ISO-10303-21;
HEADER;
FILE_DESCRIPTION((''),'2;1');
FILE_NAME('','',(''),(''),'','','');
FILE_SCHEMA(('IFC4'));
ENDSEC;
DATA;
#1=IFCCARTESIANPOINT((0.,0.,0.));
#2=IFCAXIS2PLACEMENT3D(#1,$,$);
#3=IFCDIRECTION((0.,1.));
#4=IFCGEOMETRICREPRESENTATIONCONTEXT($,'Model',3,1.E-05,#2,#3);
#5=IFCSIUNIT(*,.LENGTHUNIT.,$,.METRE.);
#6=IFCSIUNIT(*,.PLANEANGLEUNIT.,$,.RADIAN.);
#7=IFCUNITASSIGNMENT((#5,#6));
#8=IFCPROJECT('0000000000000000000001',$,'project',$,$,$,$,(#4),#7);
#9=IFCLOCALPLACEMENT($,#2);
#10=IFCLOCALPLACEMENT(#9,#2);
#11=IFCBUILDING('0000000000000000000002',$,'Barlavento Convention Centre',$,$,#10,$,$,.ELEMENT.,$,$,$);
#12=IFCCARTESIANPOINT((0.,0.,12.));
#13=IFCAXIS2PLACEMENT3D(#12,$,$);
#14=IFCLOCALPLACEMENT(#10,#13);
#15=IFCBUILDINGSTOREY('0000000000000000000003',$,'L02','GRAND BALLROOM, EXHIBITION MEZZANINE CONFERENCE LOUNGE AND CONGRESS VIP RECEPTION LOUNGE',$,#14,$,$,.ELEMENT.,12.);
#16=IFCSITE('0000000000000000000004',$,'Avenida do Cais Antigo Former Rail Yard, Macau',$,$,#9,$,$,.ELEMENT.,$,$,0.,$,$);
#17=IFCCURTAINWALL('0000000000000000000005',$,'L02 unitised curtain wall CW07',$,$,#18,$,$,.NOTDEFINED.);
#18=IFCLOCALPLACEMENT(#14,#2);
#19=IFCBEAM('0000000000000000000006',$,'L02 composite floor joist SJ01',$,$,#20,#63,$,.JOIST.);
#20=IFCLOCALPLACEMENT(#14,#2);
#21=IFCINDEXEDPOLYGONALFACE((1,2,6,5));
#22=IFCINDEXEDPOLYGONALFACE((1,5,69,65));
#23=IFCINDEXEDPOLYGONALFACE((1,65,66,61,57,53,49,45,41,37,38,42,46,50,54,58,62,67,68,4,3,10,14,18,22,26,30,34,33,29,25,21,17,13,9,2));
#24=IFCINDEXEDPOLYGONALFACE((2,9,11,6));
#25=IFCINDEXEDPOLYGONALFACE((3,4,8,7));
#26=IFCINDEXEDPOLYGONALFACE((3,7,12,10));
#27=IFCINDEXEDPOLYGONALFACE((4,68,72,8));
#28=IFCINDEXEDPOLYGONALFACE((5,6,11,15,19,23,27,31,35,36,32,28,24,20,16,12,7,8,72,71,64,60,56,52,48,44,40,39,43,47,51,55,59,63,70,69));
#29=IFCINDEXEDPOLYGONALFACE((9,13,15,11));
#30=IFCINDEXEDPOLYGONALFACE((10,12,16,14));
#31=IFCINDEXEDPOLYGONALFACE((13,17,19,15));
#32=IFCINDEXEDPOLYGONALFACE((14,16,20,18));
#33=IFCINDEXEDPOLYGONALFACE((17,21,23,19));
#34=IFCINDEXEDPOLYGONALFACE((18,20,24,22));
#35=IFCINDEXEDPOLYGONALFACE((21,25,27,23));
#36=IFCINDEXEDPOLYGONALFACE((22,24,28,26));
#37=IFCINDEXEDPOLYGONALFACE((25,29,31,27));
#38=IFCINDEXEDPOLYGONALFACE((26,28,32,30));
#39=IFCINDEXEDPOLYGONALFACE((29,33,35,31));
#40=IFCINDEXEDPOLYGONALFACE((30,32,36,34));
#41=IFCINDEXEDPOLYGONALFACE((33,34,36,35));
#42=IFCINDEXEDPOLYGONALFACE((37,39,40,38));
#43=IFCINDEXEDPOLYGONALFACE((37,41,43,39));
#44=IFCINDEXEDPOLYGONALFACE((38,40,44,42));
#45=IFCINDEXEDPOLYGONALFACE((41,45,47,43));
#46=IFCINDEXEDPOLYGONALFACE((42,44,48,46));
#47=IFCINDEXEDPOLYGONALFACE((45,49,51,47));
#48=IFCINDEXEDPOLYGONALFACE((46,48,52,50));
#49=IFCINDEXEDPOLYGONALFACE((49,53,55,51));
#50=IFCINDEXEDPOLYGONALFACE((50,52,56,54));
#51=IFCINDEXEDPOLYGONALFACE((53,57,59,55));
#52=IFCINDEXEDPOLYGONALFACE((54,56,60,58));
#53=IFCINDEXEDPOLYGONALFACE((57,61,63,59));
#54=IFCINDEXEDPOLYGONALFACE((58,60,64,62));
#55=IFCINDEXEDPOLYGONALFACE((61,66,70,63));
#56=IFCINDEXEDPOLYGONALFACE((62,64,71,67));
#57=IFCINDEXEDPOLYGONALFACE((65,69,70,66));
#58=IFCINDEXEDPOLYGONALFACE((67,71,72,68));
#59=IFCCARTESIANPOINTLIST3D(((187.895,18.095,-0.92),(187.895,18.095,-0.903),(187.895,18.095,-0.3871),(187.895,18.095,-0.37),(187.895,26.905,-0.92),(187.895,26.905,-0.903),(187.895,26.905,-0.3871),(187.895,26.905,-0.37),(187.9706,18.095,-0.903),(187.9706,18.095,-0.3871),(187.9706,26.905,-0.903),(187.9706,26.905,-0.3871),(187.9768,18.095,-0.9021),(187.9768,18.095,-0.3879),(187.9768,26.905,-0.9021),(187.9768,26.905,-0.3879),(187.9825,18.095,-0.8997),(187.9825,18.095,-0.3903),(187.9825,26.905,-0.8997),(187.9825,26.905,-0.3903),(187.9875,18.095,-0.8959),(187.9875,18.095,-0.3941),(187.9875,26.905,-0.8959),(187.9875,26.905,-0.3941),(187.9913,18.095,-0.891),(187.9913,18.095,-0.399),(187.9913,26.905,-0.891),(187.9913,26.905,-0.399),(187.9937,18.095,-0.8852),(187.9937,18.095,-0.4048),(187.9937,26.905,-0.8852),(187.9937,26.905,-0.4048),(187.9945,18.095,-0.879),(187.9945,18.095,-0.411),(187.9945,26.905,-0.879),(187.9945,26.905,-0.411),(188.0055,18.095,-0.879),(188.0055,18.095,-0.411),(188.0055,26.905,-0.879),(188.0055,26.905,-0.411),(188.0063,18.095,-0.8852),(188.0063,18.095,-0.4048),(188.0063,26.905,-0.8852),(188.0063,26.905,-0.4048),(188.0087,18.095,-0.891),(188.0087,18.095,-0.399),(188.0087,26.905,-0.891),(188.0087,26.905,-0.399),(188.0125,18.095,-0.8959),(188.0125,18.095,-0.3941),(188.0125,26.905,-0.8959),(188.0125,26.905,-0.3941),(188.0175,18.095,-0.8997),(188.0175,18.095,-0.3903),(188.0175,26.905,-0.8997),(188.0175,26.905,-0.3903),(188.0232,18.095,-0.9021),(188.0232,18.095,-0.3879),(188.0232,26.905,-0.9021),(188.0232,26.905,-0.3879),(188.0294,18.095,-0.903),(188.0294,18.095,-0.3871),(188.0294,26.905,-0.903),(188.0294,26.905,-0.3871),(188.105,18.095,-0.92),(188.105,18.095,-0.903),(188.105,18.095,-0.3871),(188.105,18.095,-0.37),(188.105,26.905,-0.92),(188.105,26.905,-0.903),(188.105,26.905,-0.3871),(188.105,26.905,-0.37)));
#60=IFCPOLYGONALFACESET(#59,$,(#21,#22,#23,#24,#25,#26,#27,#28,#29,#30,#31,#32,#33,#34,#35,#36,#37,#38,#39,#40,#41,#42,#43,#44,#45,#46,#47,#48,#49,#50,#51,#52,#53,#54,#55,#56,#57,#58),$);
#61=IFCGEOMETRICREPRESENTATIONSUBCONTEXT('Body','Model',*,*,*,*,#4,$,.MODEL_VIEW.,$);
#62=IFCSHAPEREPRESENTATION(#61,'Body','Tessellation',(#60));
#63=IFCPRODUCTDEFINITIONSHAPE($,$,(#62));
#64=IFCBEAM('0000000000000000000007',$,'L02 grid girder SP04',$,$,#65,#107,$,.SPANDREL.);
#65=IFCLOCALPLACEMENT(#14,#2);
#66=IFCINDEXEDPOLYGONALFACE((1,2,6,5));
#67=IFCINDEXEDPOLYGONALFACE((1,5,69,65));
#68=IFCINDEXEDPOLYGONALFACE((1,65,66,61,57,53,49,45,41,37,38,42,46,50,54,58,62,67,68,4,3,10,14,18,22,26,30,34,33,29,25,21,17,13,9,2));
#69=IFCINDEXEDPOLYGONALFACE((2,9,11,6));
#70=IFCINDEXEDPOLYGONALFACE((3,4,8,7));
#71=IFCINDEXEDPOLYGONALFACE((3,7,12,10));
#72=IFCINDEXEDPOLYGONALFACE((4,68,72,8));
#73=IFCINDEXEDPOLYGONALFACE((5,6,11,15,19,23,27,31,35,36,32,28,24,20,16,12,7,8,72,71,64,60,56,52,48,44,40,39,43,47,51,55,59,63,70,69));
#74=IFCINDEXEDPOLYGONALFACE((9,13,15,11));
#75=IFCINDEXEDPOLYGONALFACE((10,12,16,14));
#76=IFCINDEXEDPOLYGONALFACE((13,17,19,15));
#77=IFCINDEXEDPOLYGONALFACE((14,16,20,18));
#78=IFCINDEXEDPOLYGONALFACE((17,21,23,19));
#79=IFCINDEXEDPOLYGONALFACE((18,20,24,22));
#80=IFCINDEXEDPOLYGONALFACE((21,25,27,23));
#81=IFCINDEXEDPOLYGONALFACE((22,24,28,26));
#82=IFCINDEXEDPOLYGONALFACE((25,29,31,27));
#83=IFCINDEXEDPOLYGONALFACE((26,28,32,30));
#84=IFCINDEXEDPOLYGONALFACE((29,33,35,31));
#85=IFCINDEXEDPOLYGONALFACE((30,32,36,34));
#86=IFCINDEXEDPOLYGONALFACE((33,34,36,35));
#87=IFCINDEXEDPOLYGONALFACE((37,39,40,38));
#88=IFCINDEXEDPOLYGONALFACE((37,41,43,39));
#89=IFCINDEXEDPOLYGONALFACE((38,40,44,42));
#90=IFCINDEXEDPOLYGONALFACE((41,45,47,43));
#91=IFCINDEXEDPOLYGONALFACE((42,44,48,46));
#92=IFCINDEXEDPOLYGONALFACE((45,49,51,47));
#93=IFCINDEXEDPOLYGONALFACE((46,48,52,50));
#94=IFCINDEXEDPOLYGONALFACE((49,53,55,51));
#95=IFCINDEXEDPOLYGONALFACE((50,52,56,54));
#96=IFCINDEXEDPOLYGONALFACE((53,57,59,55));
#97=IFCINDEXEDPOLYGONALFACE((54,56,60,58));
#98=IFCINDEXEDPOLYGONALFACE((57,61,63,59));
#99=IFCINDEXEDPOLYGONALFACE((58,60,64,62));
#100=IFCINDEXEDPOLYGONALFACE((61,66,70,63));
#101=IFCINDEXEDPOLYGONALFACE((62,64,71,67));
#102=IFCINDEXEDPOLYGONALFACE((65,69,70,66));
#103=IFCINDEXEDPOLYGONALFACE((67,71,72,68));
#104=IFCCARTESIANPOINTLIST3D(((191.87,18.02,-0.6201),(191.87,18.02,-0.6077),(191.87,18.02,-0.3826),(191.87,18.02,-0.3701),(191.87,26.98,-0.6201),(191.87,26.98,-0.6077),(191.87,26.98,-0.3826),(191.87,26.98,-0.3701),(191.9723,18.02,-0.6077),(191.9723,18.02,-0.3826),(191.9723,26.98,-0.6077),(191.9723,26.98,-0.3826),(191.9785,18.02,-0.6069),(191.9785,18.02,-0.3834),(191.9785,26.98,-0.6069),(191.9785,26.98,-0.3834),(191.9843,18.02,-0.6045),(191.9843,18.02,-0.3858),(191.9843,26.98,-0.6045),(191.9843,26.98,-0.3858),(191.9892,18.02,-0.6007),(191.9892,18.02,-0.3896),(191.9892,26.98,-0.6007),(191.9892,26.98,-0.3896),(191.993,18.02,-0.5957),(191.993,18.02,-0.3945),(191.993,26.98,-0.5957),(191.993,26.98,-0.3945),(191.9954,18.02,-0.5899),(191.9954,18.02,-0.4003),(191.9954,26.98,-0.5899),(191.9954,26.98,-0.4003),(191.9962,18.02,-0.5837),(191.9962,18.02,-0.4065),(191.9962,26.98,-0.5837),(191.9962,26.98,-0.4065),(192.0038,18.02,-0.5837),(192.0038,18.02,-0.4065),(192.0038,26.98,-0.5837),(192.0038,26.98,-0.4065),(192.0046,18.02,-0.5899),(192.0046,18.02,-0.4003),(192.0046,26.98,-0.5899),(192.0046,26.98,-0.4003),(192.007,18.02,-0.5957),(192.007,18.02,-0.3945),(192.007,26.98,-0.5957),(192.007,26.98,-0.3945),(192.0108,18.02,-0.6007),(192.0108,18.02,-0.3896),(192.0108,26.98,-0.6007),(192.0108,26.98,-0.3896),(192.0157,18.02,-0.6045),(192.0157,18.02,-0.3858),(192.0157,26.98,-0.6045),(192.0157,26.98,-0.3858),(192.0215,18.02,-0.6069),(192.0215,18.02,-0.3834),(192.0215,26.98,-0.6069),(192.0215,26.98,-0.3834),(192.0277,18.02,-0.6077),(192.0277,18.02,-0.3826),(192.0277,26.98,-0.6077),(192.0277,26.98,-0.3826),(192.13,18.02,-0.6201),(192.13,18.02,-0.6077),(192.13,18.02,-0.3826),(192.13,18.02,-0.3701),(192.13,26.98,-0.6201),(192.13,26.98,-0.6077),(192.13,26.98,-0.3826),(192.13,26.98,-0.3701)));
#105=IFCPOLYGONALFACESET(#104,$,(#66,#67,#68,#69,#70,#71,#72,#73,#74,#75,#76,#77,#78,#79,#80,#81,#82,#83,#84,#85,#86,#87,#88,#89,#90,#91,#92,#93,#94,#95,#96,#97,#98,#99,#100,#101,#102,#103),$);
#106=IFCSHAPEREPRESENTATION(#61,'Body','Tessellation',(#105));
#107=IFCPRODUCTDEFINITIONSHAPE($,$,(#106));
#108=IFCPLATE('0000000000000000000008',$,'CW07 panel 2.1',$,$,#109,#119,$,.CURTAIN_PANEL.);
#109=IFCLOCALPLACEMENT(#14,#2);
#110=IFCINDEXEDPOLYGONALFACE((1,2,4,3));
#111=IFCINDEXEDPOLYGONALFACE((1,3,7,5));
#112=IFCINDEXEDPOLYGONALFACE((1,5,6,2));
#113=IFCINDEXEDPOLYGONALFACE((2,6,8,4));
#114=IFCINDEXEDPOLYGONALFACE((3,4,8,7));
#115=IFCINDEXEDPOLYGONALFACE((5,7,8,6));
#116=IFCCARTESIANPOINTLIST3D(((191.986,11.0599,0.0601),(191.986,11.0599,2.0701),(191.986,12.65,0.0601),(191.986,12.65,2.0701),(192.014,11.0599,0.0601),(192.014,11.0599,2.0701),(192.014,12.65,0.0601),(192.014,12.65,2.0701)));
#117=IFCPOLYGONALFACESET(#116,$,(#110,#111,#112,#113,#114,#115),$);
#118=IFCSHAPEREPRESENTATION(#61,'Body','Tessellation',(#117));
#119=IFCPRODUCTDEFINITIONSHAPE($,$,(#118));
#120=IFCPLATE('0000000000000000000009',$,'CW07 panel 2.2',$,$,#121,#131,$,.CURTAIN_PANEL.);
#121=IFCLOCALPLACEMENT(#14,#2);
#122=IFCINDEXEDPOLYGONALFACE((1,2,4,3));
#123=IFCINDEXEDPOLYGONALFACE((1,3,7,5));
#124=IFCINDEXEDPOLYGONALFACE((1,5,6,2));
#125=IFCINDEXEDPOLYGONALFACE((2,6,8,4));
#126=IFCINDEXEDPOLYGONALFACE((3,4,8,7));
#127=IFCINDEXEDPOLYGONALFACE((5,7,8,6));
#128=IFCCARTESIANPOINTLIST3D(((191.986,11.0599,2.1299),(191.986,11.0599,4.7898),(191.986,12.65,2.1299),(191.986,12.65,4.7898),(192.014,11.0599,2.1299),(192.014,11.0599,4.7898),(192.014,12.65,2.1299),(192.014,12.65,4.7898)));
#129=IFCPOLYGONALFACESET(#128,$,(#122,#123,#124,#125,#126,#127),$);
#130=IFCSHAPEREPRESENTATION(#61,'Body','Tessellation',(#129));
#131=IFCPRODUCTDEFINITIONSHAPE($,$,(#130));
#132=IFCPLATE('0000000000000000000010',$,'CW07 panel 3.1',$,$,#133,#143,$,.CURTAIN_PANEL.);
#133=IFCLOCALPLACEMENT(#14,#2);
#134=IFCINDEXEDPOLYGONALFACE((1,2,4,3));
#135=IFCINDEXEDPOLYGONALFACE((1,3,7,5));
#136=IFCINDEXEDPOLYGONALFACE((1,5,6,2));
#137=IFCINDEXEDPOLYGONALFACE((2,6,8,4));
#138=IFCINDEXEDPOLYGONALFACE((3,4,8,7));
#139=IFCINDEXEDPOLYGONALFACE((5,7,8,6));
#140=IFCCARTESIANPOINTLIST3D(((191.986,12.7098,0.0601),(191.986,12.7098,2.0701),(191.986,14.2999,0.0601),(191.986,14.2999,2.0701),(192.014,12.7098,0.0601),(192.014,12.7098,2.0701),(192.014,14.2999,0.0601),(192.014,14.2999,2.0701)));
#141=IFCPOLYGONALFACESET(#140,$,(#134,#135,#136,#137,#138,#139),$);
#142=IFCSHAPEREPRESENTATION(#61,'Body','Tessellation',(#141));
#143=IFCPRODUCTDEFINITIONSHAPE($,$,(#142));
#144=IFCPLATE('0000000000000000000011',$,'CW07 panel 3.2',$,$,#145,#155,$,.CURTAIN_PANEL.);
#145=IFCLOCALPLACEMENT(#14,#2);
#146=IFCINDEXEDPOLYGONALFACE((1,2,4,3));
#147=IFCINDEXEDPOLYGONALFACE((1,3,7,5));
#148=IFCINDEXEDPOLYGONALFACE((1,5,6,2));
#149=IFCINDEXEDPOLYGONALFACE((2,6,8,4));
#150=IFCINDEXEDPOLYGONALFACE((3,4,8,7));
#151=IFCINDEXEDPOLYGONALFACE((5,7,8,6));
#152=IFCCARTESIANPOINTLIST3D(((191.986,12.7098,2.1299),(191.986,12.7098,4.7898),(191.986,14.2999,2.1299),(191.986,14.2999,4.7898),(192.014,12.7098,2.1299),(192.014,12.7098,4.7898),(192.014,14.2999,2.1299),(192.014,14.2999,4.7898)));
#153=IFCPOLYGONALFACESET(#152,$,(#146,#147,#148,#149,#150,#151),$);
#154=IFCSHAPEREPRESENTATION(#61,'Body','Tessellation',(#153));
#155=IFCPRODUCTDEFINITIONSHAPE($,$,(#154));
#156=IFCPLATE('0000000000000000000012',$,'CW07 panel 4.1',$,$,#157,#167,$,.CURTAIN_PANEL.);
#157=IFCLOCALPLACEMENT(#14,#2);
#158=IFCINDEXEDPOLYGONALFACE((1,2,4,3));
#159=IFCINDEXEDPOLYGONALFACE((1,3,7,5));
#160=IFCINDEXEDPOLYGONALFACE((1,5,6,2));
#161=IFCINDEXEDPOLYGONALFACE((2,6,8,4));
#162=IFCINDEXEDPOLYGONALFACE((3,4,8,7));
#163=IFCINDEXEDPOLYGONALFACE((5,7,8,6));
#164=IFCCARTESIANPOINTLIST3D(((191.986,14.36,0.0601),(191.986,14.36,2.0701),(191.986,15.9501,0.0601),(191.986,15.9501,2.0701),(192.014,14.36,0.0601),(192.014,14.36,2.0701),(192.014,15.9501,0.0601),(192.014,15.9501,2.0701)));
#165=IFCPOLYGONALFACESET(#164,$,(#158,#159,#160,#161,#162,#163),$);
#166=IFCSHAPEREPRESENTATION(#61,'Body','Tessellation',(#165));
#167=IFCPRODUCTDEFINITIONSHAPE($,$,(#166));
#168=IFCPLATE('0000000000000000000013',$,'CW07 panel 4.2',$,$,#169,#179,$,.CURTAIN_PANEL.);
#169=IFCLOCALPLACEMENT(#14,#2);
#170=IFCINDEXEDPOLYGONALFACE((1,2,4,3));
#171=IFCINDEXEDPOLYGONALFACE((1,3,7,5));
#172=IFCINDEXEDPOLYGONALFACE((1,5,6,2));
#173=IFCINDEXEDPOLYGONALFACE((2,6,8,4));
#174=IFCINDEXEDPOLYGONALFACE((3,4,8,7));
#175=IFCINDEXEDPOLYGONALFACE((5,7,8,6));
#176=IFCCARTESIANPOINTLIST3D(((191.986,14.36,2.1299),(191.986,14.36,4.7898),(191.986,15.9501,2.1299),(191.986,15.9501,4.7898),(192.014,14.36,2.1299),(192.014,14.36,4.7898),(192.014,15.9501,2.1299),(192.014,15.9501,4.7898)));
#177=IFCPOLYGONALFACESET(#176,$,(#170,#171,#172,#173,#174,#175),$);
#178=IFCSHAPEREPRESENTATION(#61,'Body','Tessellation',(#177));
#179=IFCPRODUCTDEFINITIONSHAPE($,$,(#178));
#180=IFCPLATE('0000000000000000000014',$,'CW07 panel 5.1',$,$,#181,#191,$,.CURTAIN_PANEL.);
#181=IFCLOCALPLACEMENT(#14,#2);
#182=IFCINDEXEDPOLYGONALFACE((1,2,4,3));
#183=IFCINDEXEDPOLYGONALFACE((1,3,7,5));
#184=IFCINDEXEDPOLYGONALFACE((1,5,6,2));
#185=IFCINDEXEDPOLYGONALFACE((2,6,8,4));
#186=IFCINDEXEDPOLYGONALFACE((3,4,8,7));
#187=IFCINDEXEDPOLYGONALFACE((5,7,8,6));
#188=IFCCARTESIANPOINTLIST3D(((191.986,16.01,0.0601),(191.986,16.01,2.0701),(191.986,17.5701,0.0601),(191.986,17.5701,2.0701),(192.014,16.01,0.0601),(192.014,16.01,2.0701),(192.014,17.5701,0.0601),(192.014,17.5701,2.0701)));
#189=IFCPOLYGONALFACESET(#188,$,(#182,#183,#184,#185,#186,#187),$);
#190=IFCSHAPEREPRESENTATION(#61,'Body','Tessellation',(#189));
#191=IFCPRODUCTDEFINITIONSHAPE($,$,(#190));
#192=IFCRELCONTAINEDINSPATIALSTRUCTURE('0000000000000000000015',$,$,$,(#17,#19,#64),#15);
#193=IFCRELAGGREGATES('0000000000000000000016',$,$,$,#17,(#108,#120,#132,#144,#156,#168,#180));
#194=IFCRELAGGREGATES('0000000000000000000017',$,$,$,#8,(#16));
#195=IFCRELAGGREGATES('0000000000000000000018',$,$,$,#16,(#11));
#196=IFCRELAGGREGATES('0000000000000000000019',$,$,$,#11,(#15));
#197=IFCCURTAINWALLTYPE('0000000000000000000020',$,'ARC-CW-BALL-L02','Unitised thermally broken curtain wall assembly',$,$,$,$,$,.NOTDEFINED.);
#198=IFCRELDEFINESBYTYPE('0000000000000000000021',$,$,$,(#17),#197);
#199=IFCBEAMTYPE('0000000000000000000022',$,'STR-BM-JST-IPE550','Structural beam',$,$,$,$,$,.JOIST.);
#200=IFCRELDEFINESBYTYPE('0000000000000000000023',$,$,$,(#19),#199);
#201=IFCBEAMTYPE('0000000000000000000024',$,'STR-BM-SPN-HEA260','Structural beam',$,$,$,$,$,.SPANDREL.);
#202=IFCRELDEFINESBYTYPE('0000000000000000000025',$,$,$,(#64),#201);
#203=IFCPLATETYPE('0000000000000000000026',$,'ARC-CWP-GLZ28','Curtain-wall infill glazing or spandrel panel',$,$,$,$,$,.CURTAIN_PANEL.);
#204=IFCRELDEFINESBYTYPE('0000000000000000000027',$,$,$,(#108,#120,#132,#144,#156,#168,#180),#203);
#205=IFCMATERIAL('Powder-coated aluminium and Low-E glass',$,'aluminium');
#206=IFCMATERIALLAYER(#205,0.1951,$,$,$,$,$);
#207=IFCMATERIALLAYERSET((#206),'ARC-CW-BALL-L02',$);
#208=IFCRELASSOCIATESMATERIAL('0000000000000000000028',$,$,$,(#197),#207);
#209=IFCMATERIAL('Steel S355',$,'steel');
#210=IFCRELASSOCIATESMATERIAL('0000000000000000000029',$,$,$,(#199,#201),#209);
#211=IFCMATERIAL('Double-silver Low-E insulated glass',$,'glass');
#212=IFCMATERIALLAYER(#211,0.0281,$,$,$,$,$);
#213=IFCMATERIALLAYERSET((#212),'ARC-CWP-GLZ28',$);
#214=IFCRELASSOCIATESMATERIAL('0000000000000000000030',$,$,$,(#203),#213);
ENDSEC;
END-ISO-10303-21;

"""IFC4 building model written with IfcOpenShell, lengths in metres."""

from ifc_helpers import new_model, si_unit, direction, frame, origin, origin_2d, place, context, subcontext, project, spatial, rectangle, i_section, extrude, material, layer, layer_set, material_profile, profile_set, type_object, element, aggregate, save


model = new_model("IFC4")

# Units and contexts
model_context = context("Model", 3, precision=1e-05, world=origin(), true_north=direction((0.0, 1.0)))
body_context = subcontext(model_context, "Body", "Model", "MODEL_VIEW")
ifc_project = project(units=[si_unit("LENGTHUNIT", "METRE"), si_unit("PLANEANGLEUNIT", "RADIAN")], contexts=[model_context])

# Site, building, storey
site_placement = place(None, origin())
site = spatial("IfcSite", under=ifc_project, at=site_placement, Name="Avenida do Cais Antigo Former Rail Yard, Macau", CompositionType="ELEMENT", RefElevation=0.0)
building_placement = place(site_placement, origin())
building = spatial("IfcBuilding", under=site, at=building_placement, Name="Barlavento Convention Centre", CompositionType="ELEMENT")
storey_placement = place(building_placement, frame((0.0, 0.0, 12.0)))
storey = spatial("IfcBuildingStorey", under=building, at=storey_placement, Name="L02", Description="GRAND BALLROOM, EXHIBITION MEZZANINE CONFERENCE LOUNGE AND CONGRESS VIP RECEPTION LOUNGE", CompositionType="ELEMENT", Elevation=12.0)

# Shared definitions
ifc_material_1 = material(Name="Steel S355", Category="steel")

# Curtain wall
ifc_material_2 = material(Name="Powder-coated aluminium and Low-E glass", Category="aluminium")
ifc_layer_1 = layer(ifc_material_2, 0.1951)
ifc_layer_set_1 = layer_set([ifc_layer_1], Name="ARC-CW-BALL-L02")
curtain_wall_type = type_object("IfcCurtainWallType", Name="ARC-CW-BALL-L02", Description="Unitised thermally broken curtain wall assembly", PredefinedType="NOTDEFINED", material=ifc_layer_set_1)
curtain_wall_1_placement = place(storey_placement, origin())
curtain_wall_1 = element("IfcCurtainWall", 1, at=curtain_wall_1_placement, inside=storey, type_object=curtain_wall_type, Name="L02 unitised curtain wall CW07", PredefinedType="NOTDEFINED")

# Beams
ifc_material_profile_1 = material_profile(ifc_material_1, i_section(OverallWidth=0.21, OverallDepth=0.55, WebThickness=0.011, FlangeThickness=0.0171, FilletRadius=0.0239, at=origin_2d()), Name="IPE 550")
ifc_profile_set_1 = profile_set([ifc_material_profile_1], Name="Steel S355")
beam_type_1 = type_object("IfcBeamType", Name="STR-BM-JST-IPE550", Description="Structural beam", PredefinedType="JOIST", material=ifc_profile_set_1)
beam_1_placement = place(storey_placement, frame((188.0, 18.095, -0.645), z_axis=(0.0, 1.0, 0.0), x_axis=(-1.0, 0.0, 0.0)))
element("IfcBeam", 2, at=beam_1_placement, inside=storey, type_object=beam_type_1, Name="L02 composite floor joist SJ01", PredefinedType="JOIST", context=body_context, shape_type="SweptSolid", body=[
    extrude(i_section(OverallWidth=0.21, OverallDepth=0.55, WebThickness=0.011, FlangeThickness=0.0171, FilletRadius=0.0239, at=origin_2d()), origin(), (0.0, 0.0, 1.0), 8.8101),
])
ifc_material_profile_2 = material_profile(ifc_material_1, i_section(OverallWidth=0.26, OverallDepth=0.25, WebThickness=0.0076, FlangeThickness=0.0125, FilletRadius=0.0239, at=origin_2d()), Name="HEA 260")
ifc_profile_set_2 = profile_set([ifc_material_profile_2], Name="Steel S355")
beam_type_2 = type_object("IfcBeamType", Name="STR-BM-SPN-HEA260", Description="Structural beam", PredefinedType="SPANDREL", material=ifc_profile_set_2)
beam_2_placement = place(storey_placement, frame((192.0, 18.02, -0.4951), z_axis=(0.0, 1.0, 0.0), x_axis=(-1.0, 0.0, 0.0)))
element("IfcBeam", 3, at=beam_2_placement, inside=storey, type_object=beam_type_2, Name="L02 grid girder SP04", PredefinedType="SPANDREL", context=body_context, shape_type="SweptSolid", body=[
    extrude(i_section(OverallWidth=0.26, OverallDepth=0.25, WebThickness=0.0076, FlangeThickness=0.0125, FilletRadius=0.0239, at=origin_2d()), origin(), (0.0, 0.0, 1.0), 8.96),
])

# Plates
ifc_material_3 = material(Name="Double-silver Low-E insulated glass", Category="glass")
ifc_layer_2 = layer(ifc_material_3, 0.0281)
ifc_layer_set_2 = layer_set([ifc_layer_2], Name="ARC-CWP-GLZ28")
plate_type = type_object("IfcPlateType", Name="ARC-CWP-GLZ28", Description="Curtain-wall infill glazing or spandrel panel", PredefinedType="CURTAIN_PANEL", material=ifc_layer_set_2)
plate_1_placement = place(storey_placement, frame((192.0, 11.855, 0.0601), z_axis=(0.0, 0.0, 1.0), x_axis=(0.0, 1.0, 0.0)))
plate_1 = element("IfcPlate", 4, at=plate_1_placement, type_object=plate_type, Name="CW07 panel 2.1", PredefinedType="CURTAIN_PANEL", context=body_context, shape_type="SweptSolid", body=[
    extrude(rectangle(XDim=1.5901, YDim=0.0281, at=origin_2d()), origin(), (0.0, 0.0, 1.0), 2.01),
])
plate_2_placement = place(storey_placement, frame((192.0, 11.855, 2.1299), z_axis=(0.0, 0.0, 1.0), x_axis=(0.0, 1.0, 0.0)))
plate_2 = element("IfcPlate", 5, at=plate_2_placement, type_object=plate_type, Name="CW07 panel 2.2", PredefinedType="CURTAIN_PANEL", context=body_context, shape_type="SweptSolid", body=[
    extrude(rectangle(XDim=1.5901, YDim=0.0281, at=origin_2d()), origin(), (0.0, 0.0, 1.0), 2.6599),
])
plate_3_placement = place(storey_placement, frame((192.0, 13.5049, 0.0601), z_axis=(0.0, 0.0, 1.0), x_axis=(0.0, 1.0, 0.0)))
plate_3 = element("IfcPlate", 6, at=plate_3_placement, type_object=plate_type, Name="CW07 panel 3.1", PredefinedType="CURTAIN_PANEL", context=body_context, shape_type="SweptSolid", body=[
    extrude(rectangle(XDim=1.5901, YDim=0.0281, at=origin_2d()), origin(), (0.0, 0.0, 1.0), 2.01),
])
plate_4_placement = place(storey_placement, frame((192.0, 13.5049, 2.1299), z_axis=(0.0, 0.0, 1.0), x_axis=(0.0, 1.0, 0.0)))
plate_4 = element("IfcPlate", 7, at=plate_4_placement, type_object=plate_type, Name="CW07 panel 3.2", PredefinedType="CURTAIN_PANEL", context=body_context, shape_type="SweptSolid", body=[
    extrude(rectangle(XDim=1.5901, YDim=0.0281, at=origin_2d()), origin(), (0.0, 0.0, 1.0), 2.6599),
])
plate_5_placement = place(storey_placement, frame((192.0, 15.155, 0.0601), z_axis=(0.0, 0.0, 1.0), x_axis=(0.0, 1.0, 0.0)))
plate_5 = element("IfcPlate", 8, at=plate_5_placement, type_object=plate_type, Name="CW07 panel 4.1", PredefinedType="CURTAIN_PANEL", context=body_context, shape_type="SweptSolid", body=[
    extrude(rectangle(XDim=1.5901, YDim=0.0281, at=origin_2d()), origin(), (0.0, 0.0, 1.0), 2.01),
])
plate_6_placement = place(storey_placement, frame((192.0, 15.155, 2.1299), z_axis=(0.0, 0.0, 1.0), x_axis=(0.0, 1.0, 0.0)))
plate_6 = element("IfcPlate", 9, at=plate_6_placement, type_object=plate_type, Name="CW07 panel 4.2", PredefinedType="CURTAIN_PANEL", context=body_context, shape_type="SweptSolid", body=[
    extrude(rectangle(XDim=1.5901, YDim=0.0281, at=origin_2d()), origin(), (0.0, 0.0, 1.0), 2.6599),
])
plate_7_placement = place(storey_placement, frame((192.0, 16.79, 0.0601), z_axis=(0.0, 0.0, 1.0), x_axis=(0.0, 1.0, 0.0)))
plate_7 = element("IfcPlate", 10, at=plate_7_placement, type_object=plate_type, Name="CW07 panel 5.1", PredefinedType="CURTAIN_PANEL", context=body_context, shape_type="SweptSolid", body=[
    extrude(rectangle(XDim=1.5601, YDim=0.0281, at=origin_2d()), origin(), (0.0, 0.0, 1.0), 2.01),
])
aggregate(curtain_wall_1, [plate_1, plate_2, plate_3, plate_4, plate_5, plate_6, plate_7])

save(model, "model.ifc")
